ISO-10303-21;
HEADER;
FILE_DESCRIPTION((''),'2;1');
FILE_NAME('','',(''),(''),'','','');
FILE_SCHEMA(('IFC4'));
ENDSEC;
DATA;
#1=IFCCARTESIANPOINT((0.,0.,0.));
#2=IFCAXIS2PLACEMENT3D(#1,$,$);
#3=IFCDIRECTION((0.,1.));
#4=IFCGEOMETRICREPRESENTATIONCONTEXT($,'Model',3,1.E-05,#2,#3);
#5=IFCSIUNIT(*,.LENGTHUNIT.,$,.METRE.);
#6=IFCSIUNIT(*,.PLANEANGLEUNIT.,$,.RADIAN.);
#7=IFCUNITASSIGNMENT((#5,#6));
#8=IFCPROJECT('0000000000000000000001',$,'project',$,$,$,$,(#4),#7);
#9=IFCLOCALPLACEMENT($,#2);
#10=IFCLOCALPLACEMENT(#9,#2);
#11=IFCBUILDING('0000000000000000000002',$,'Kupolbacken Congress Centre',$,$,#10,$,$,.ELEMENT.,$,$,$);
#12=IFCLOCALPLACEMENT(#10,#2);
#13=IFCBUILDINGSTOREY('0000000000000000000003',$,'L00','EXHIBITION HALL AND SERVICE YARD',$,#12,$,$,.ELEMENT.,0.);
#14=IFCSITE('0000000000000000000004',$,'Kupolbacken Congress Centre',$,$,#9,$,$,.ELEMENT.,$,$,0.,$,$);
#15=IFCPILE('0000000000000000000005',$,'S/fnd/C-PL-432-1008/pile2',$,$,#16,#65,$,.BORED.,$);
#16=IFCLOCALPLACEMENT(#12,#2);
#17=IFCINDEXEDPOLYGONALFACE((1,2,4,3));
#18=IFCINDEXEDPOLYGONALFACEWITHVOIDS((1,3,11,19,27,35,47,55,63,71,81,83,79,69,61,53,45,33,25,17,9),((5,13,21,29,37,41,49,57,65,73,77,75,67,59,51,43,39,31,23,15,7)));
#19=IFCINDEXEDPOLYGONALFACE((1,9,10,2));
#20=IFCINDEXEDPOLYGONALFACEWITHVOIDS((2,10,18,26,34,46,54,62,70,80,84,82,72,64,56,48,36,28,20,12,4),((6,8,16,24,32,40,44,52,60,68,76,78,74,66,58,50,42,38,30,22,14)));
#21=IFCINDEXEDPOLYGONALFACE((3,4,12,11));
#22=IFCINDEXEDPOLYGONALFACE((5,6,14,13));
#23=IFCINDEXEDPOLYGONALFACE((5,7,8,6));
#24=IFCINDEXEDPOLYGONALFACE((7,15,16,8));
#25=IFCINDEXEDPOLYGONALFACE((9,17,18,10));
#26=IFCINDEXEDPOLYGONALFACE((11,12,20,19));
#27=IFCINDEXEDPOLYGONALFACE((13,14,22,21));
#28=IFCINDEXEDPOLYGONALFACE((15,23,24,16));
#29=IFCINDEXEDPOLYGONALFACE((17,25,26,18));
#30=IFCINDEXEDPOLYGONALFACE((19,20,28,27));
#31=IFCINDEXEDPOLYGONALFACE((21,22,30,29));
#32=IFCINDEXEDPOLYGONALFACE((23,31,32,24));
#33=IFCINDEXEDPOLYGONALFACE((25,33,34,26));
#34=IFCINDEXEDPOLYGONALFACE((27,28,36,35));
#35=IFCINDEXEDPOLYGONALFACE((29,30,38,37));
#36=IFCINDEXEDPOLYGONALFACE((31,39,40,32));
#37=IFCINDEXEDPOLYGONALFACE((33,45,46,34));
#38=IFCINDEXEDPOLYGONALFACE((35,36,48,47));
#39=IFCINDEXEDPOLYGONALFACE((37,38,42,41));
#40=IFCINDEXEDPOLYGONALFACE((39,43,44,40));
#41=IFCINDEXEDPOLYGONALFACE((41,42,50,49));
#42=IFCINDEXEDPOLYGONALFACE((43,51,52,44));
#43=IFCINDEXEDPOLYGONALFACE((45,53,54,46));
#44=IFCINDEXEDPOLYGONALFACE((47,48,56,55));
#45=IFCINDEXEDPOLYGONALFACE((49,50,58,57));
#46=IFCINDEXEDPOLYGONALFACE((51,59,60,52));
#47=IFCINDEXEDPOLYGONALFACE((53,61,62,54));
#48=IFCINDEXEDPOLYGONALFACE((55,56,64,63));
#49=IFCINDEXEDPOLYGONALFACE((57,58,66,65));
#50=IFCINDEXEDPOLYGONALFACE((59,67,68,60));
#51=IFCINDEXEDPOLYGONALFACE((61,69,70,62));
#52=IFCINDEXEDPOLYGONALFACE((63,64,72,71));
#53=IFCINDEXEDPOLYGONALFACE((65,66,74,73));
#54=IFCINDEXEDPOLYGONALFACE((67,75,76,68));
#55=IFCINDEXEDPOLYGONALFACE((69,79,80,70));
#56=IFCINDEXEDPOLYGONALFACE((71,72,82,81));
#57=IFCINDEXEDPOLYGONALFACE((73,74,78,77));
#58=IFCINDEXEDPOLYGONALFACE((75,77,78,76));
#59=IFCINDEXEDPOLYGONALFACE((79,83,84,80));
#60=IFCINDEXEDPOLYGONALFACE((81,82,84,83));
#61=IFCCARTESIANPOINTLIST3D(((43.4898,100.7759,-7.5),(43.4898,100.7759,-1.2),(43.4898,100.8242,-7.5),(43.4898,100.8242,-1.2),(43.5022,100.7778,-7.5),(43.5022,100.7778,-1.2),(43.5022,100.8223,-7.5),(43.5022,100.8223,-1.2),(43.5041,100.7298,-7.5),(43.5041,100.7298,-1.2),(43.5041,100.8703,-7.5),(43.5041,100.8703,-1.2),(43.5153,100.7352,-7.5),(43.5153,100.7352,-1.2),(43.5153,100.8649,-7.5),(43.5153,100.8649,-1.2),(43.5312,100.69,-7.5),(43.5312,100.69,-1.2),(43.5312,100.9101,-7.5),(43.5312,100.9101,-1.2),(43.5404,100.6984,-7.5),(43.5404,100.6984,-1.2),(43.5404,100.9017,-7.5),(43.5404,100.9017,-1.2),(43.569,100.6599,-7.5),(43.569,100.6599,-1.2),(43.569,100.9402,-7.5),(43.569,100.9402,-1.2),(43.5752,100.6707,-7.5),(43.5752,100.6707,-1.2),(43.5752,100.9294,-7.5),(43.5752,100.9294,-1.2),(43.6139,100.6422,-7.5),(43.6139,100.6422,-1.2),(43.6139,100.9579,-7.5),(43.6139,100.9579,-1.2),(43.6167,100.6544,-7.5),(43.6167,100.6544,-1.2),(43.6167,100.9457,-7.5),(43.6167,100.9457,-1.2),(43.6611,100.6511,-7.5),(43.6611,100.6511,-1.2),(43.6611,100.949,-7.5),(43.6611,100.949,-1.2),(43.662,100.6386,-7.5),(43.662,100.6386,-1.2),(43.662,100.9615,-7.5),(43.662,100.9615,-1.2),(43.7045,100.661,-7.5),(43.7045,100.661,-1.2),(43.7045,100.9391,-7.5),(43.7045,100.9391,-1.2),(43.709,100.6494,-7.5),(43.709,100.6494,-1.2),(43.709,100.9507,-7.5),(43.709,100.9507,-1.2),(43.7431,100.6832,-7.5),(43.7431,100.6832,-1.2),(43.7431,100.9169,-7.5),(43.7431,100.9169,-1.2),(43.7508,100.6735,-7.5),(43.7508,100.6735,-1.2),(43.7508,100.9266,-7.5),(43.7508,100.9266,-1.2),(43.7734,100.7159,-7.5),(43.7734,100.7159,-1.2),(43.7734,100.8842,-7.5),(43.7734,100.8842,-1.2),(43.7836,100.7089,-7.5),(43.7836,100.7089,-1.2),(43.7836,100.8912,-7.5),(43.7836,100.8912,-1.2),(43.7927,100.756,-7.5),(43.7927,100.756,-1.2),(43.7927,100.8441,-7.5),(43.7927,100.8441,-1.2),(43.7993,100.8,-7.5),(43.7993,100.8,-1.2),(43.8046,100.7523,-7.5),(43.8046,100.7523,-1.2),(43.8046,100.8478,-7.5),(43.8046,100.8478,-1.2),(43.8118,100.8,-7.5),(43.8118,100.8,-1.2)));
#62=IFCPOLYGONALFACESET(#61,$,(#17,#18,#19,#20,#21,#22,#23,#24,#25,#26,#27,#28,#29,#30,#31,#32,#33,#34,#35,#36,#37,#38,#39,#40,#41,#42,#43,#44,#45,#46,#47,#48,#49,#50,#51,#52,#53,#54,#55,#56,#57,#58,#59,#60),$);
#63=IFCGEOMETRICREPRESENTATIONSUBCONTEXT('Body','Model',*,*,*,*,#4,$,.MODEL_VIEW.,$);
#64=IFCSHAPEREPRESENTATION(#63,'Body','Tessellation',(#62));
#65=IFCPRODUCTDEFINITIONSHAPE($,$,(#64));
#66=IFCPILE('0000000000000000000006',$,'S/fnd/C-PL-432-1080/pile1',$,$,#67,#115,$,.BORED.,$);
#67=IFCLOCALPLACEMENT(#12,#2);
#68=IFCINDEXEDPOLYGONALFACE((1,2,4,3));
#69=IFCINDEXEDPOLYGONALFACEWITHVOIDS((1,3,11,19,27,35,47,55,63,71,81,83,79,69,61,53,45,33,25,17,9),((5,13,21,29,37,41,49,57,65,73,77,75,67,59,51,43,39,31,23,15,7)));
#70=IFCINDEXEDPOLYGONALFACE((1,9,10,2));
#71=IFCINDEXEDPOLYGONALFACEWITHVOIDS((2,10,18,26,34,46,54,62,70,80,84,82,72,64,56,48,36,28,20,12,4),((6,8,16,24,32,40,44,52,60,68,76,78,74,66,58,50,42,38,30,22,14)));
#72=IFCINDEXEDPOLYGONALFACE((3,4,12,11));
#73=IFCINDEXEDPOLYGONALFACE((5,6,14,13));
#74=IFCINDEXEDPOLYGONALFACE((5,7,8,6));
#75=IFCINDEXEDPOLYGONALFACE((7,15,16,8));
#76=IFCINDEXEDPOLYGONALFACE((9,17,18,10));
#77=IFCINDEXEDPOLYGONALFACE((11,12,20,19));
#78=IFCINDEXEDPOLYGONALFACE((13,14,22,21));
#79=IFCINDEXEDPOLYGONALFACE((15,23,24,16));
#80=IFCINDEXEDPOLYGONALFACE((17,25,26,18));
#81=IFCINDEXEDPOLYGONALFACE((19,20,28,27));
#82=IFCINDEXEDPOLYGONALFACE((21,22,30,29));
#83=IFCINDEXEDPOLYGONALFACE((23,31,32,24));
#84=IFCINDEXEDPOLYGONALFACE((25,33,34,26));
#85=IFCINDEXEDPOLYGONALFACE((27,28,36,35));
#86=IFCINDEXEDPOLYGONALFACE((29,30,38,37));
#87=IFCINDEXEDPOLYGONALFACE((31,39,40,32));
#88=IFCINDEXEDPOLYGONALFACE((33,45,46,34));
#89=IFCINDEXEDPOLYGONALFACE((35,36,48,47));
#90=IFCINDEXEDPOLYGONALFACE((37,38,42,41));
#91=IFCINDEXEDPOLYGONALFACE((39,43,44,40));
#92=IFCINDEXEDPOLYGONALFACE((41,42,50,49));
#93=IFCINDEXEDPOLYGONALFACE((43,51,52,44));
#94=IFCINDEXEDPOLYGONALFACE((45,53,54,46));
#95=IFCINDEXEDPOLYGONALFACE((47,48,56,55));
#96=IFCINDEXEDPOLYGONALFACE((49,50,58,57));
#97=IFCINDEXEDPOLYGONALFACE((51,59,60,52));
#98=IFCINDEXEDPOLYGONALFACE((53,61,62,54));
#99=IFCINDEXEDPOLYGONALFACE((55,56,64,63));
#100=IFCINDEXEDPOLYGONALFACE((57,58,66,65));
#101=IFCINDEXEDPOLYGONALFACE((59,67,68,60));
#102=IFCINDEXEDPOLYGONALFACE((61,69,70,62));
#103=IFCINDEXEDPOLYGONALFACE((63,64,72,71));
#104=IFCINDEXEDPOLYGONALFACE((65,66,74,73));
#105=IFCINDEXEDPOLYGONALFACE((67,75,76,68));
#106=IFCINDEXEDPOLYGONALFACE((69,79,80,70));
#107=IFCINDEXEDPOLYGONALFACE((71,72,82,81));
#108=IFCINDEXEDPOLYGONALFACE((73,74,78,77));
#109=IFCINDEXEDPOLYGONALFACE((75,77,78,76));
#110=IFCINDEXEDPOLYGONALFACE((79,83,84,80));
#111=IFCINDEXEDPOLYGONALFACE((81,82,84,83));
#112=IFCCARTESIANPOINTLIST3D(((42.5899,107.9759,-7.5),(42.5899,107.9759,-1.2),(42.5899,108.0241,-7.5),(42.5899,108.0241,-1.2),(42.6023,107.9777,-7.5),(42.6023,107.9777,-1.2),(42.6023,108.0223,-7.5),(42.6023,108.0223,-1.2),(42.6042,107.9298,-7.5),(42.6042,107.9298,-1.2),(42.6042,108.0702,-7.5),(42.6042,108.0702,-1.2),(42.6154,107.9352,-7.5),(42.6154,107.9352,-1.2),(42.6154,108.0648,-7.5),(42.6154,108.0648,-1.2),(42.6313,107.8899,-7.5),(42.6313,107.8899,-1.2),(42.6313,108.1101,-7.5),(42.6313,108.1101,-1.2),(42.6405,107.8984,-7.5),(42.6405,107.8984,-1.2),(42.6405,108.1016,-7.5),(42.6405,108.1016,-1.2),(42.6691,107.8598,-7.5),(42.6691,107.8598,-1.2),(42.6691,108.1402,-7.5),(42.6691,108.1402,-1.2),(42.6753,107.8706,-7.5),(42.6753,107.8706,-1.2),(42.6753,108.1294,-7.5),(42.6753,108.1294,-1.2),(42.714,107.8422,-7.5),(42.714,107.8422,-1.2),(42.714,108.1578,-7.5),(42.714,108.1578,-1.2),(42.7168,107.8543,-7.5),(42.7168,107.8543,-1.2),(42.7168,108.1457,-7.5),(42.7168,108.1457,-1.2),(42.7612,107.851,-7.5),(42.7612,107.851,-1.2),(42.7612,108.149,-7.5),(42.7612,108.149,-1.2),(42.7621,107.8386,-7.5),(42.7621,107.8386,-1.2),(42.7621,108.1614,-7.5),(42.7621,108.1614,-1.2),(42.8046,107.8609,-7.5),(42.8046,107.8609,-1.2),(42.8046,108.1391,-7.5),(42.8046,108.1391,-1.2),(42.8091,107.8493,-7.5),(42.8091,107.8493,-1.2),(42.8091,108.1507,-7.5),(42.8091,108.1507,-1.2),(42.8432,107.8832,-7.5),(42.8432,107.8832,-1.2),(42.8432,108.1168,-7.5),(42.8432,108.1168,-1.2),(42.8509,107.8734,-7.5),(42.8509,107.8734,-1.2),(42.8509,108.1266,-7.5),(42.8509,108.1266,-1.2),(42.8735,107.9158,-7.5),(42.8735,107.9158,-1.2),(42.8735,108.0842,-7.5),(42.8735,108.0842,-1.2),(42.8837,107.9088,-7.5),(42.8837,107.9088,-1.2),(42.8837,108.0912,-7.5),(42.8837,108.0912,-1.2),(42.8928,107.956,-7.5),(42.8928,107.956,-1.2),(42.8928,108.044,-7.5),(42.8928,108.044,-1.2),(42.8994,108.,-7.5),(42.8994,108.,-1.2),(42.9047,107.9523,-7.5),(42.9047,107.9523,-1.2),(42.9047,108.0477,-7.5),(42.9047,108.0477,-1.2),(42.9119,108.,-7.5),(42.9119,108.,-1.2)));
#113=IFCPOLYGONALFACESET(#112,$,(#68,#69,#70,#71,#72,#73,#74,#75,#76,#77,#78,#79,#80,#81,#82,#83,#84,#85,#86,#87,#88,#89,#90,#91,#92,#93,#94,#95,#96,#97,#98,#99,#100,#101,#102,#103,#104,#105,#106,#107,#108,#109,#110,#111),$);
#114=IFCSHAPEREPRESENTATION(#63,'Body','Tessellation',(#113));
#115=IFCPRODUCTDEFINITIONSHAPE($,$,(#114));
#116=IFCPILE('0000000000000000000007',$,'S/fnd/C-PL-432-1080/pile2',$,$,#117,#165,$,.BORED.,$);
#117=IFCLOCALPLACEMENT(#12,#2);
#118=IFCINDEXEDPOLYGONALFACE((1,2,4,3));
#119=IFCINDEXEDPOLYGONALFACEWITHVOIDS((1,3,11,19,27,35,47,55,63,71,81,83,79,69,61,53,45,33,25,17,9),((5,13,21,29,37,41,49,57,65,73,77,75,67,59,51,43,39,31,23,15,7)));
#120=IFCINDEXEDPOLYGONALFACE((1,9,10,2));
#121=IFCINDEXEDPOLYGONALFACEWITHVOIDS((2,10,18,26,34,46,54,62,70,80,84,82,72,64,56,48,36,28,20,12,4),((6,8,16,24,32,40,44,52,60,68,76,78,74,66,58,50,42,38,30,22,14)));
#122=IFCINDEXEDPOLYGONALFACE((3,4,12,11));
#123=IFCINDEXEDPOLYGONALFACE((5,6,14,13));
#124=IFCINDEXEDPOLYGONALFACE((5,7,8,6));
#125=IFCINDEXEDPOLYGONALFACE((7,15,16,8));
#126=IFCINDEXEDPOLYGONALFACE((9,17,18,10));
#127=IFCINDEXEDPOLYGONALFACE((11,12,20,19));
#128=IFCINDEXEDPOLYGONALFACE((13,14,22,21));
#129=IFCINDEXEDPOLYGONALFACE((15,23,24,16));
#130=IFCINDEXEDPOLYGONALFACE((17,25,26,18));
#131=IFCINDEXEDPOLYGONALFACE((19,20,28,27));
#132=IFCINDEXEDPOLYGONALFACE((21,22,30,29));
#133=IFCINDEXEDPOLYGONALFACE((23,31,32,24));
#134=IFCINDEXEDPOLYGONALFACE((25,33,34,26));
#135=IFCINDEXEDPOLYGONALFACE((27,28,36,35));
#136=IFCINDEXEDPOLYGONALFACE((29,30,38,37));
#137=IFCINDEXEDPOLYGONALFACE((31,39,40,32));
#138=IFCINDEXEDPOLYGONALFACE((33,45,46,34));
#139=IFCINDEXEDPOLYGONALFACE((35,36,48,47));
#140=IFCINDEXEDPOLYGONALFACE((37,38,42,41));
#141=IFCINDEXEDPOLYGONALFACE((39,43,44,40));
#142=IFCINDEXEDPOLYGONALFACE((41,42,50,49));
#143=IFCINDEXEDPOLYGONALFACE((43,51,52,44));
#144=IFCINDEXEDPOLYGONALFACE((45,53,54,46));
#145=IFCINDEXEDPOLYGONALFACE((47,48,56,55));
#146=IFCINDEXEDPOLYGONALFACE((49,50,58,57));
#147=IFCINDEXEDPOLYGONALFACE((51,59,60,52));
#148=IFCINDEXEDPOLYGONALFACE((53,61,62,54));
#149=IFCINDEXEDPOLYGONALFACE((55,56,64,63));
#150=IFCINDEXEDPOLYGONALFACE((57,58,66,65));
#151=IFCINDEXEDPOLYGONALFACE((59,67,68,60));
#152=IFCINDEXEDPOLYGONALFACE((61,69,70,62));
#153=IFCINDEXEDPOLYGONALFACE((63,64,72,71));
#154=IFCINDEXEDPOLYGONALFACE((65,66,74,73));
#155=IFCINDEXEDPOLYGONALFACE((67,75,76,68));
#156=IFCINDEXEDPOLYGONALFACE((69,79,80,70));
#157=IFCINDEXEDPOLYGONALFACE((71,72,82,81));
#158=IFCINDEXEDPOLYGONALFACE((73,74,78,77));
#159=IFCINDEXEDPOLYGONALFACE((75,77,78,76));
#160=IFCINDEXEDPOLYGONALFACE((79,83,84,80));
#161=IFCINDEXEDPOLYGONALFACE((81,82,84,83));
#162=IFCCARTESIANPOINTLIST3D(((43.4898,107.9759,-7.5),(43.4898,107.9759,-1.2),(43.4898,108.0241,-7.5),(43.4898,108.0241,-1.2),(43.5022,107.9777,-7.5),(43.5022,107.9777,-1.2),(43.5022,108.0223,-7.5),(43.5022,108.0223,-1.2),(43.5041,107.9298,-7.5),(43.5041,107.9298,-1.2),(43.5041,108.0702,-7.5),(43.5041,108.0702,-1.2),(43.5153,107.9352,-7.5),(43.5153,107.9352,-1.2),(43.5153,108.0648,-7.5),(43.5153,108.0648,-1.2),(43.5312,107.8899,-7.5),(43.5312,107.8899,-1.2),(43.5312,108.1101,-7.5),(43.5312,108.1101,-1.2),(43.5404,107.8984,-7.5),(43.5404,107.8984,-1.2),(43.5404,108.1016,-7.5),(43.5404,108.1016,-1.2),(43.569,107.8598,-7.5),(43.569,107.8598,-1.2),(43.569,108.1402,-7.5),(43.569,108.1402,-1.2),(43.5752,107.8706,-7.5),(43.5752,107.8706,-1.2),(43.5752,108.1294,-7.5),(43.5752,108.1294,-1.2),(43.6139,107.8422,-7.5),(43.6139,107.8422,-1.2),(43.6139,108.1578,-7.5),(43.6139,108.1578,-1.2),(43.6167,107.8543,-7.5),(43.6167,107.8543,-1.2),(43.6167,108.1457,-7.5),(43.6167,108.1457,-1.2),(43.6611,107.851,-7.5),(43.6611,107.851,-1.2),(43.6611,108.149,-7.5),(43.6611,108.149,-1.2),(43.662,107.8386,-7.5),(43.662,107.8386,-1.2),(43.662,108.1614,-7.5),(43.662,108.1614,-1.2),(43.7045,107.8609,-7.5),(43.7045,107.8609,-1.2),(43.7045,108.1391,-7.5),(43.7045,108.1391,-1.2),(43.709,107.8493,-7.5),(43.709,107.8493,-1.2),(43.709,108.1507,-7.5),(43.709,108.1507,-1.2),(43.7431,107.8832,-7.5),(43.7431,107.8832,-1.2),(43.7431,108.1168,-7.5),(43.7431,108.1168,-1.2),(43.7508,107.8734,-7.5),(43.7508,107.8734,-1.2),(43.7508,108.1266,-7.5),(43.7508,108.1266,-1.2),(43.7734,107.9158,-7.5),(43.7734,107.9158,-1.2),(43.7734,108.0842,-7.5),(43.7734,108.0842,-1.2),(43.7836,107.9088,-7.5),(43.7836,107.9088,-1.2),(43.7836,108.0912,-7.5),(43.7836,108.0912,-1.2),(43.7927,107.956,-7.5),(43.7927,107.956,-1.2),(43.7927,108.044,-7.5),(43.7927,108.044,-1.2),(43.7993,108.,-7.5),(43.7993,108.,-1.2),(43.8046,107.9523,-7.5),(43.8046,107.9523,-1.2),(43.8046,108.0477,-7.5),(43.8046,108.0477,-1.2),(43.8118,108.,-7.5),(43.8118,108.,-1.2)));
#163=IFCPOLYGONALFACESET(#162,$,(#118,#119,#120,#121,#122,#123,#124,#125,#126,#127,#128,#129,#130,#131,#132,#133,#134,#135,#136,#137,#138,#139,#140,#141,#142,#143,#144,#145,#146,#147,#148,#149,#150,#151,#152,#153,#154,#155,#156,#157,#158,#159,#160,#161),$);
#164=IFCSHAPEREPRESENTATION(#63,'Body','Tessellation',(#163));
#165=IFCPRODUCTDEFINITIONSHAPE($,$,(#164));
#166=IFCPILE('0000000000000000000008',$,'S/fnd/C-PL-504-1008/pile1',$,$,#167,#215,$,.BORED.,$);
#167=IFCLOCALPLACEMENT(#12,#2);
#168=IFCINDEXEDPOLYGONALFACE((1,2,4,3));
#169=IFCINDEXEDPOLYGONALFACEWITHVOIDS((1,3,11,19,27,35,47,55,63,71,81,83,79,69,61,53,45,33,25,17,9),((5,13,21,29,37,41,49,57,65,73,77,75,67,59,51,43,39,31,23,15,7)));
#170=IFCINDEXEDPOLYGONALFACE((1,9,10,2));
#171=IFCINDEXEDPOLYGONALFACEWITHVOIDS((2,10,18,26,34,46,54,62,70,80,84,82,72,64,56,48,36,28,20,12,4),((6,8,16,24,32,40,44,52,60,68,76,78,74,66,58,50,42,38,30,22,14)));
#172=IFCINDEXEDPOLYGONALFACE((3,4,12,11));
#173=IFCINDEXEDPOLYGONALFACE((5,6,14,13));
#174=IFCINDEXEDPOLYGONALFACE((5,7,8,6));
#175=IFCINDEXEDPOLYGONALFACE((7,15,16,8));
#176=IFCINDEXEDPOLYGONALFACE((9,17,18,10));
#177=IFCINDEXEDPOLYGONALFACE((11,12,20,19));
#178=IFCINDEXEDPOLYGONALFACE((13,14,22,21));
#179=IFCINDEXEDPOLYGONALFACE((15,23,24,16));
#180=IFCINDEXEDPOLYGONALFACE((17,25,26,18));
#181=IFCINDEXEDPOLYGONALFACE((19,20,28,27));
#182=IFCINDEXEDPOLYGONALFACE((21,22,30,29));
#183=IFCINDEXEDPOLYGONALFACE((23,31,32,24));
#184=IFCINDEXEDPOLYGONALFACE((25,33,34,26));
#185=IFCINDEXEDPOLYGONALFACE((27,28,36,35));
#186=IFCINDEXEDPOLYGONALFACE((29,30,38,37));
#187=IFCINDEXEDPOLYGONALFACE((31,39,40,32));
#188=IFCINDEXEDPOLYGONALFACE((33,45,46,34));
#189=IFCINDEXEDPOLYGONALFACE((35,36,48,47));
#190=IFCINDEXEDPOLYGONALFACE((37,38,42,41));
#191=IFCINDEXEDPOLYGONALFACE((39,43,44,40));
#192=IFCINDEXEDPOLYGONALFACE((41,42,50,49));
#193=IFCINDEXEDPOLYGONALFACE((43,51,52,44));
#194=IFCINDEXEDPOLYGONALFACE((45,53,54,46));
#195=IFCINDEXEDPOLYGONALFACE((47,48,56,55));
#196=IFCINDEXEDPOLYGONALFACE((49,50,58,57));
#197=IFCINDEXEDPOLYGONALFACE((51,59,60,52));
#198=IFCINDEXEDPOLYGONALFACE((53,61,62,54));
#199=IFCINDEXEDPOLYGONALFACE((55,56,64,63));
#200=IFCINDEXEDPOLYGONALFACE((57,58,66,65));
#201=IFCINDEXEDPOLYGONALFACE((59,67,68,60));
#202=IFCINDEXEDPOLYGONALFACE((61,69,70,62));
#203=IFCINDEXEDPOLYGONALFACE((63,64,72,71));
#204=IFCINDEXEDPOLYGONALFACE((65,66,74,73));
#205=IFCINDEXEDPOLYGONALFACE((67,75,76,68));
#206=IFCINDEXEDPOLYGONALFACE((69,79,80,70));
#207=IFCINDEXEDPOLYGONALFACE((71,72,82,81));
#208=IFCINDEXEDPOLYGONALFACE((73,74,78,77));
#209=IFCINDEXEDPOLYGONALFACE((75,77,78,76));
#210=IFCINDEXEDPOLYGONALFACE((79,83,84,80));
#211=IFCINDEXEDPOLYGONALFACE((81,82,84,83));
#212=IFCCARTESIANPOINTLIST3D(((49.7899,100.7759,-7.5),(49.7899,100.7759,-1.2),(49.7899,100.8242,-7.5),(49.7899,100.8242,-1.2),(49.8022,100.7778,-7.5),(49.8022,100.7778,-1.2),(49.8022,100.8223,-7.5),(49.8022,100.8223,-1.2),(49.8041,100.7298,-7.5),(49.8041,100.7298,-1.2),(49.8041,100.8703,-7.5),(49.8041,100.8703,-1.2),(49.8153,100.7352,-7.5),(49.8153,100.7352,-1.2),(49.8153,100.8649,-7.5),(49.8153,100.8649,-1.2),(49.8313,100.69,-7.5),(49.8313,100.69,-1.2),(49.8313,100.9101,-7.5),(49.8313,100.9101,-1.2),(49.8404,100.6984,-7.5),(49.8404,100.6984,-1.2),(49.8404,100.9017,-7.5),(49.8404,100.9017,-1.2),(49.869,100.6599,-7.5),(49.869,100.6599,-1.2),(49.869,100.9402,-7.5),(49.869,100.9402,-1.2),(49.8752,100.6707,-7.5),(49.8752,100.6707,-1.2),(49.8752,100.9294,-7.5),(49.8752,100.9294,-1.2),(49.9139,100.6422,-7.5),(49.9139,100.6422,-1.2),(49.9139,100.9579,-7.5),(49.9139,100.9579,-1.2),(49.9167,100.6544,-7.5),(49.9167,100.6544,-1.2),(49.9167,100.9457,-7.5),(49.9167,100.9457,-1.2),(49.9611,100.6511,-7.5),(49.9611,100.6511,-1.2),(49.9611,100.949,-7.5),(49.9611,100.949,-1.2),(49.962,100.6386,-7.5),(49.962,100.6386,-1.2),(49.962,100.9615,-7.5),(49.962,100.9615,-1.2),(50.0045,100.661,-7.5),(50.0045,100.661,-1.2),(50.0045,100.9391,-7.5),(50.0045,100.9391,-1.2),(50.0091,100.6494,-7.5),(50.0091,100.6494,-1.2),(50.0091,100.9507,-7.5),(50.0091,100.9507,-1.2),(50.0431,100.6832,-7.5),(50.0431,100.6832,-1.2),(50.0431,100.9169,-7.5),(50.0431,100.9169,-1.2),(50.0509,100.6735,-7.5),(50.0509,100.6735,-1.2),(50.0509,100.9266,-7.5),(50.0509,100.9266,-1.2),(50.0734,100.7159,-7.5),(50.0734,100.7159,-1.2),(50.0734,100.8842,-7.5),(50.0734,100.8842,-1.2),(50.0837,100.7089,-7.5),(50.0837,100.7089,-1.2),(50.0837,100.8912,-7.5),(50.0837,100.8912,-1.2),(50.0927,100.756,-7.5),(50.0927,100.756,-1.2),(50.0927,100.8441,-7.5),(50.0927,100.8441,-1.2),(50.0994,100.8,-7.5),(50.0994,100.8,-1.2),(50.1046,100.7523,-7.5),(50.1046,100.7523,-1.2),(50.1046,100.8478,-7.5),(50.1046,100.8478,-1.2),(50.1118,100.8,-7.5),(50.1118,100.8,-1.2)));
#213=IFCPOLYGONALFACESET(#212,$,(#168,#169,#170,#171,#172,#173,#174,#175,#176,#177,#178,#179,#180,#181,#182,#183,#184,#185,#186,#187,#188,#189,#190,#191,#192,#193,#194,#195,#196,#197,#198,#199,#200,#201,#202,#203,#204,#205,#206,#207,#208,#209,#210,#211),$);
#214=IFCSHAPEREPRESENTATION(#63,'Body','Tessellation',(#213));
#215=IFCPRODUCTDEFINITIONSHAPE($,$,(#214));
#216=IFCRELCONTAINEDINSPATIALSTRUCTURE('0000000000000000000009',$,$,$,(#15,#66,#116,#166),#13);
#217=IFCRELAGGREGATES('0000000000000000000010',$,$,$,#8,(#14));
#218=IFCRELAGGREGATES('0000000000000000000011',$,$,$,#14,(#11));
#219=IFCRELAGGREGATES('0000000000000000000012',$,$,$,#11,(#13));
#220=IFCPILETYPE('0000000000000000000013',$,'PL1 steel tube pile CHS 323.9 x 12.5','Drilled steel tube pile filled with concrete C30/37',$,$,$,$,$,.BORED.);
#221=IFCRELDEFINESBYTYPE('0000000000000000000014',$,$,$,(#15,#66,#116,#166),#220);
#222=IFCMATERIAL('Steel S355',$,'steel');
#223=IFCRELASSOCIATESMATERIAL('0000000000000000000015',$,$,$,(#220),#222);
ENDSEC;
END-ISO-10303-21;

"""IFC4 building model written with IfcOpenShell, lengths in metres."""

from ifc_helpers import new_model, si_unit, direction, frame, origin, origin_2d, place, context, subcontext, project, spatial, hollow_circle, extrude, material, material_profile, profile_set, type_object, element, save


model = new_model("IFC4")

# Units and contexts
model_context = context("Model", 3, precision=1e-05, world=origin(), true_north=direction((0.0, 1.0)))
body_context = subcontext(model_context, "Body", "Model", "MODEL_VIEW")
ifc_project = project(units=[si_unit("LENGTHUNIT", "METRE"), si_unit("PLANEANGLEUNIT", "RADIAN")], contexts=[model_context])

# Site, building, storey
site_placement = place(None, origin())
site = spatial("IfcSite", under=ifc_project, at=site_placement, Name="Kupolbacken Congress Centre", CompositionType="ELEMENT", RefElevation=0.0)
building_placement = place(site_placement, origin())
building = spatial("IfcBuilding", under=site, at=building_placement, Name="Kupolbacken Congress Centre", CompositionType="ELEMENT")
storey_placement = place(building_placement, origin())
storey = spatial("IfcBuildingStorey", under=building, at=storey_placement, Name="L00", Description="EXHIBITION HALL AND SERVICE YARD", CompositionType="ELEMENT", Elevation=0.0)

# Piles
ifc_material_1 = material(Name="Steel S355", Category="steel")
ifc_material_profile_1 = material_profile(ifc_material_1, hollow_circle(Radius=0.1619, WallThickness=0.0125, at=origin_2d()), Name="CHS 323.9 x 12.5")
ifc_profile_set_1 = profile_set([ifc_material_profile_1], Name="Steel S355")
pile_type_1 = type_object("IfcPileType", Name="PL1 steel tube pile CHS 323.9 x 12.5", Description="Drilled steel tube pile filled with concrete C30/37", PredefinedType="BORED", material=ifc_profile_set_1)
for number, where, z_axis, x_axis, name in (
    (1, (43.6499, 100.8, -1.2), (0.0, 0.0, -1.0), (1.0, 0.0, 0.0), "S/fnd/C-PL-432-1008/pile2"),
    (2, (42.75, 108.0, -1.2), (0.0, 0.0, -1.0), (1.0, 0.0, 0.0), "S/fnd/C-PL-432-1080/pile1"),
    (3, (43.6499, 108.0, -1.2), (0.0, 0.0, -1.0), (1.0, 0.0, 0.0), "S/fnd/C-PL-432-1080/pile2"),
    (4, (49.95, 100.8, -1.2), (0.0, 0.0, -1.0), (1.0, 0.0, 0.0), "S/fnd/C-PL-504-1008/pile1"),
):
    element("IfcPile", number, at=place(storey_placement, frame(where, z_axis=z_axis, x_axis=x_axis)), inside=storey, type_object=pile_type_1, Name=name, PredefinedType="BORED", context=body_context, shape_type="SweptSolid", body=[
        extrude(hollow_circle(Radius=0.1619, WallThickness=0.0125, at=origin_2d()), origin(), (0.0, 0.0, 1.0), 6.3),
    ])

save(model, "model.ifc")
